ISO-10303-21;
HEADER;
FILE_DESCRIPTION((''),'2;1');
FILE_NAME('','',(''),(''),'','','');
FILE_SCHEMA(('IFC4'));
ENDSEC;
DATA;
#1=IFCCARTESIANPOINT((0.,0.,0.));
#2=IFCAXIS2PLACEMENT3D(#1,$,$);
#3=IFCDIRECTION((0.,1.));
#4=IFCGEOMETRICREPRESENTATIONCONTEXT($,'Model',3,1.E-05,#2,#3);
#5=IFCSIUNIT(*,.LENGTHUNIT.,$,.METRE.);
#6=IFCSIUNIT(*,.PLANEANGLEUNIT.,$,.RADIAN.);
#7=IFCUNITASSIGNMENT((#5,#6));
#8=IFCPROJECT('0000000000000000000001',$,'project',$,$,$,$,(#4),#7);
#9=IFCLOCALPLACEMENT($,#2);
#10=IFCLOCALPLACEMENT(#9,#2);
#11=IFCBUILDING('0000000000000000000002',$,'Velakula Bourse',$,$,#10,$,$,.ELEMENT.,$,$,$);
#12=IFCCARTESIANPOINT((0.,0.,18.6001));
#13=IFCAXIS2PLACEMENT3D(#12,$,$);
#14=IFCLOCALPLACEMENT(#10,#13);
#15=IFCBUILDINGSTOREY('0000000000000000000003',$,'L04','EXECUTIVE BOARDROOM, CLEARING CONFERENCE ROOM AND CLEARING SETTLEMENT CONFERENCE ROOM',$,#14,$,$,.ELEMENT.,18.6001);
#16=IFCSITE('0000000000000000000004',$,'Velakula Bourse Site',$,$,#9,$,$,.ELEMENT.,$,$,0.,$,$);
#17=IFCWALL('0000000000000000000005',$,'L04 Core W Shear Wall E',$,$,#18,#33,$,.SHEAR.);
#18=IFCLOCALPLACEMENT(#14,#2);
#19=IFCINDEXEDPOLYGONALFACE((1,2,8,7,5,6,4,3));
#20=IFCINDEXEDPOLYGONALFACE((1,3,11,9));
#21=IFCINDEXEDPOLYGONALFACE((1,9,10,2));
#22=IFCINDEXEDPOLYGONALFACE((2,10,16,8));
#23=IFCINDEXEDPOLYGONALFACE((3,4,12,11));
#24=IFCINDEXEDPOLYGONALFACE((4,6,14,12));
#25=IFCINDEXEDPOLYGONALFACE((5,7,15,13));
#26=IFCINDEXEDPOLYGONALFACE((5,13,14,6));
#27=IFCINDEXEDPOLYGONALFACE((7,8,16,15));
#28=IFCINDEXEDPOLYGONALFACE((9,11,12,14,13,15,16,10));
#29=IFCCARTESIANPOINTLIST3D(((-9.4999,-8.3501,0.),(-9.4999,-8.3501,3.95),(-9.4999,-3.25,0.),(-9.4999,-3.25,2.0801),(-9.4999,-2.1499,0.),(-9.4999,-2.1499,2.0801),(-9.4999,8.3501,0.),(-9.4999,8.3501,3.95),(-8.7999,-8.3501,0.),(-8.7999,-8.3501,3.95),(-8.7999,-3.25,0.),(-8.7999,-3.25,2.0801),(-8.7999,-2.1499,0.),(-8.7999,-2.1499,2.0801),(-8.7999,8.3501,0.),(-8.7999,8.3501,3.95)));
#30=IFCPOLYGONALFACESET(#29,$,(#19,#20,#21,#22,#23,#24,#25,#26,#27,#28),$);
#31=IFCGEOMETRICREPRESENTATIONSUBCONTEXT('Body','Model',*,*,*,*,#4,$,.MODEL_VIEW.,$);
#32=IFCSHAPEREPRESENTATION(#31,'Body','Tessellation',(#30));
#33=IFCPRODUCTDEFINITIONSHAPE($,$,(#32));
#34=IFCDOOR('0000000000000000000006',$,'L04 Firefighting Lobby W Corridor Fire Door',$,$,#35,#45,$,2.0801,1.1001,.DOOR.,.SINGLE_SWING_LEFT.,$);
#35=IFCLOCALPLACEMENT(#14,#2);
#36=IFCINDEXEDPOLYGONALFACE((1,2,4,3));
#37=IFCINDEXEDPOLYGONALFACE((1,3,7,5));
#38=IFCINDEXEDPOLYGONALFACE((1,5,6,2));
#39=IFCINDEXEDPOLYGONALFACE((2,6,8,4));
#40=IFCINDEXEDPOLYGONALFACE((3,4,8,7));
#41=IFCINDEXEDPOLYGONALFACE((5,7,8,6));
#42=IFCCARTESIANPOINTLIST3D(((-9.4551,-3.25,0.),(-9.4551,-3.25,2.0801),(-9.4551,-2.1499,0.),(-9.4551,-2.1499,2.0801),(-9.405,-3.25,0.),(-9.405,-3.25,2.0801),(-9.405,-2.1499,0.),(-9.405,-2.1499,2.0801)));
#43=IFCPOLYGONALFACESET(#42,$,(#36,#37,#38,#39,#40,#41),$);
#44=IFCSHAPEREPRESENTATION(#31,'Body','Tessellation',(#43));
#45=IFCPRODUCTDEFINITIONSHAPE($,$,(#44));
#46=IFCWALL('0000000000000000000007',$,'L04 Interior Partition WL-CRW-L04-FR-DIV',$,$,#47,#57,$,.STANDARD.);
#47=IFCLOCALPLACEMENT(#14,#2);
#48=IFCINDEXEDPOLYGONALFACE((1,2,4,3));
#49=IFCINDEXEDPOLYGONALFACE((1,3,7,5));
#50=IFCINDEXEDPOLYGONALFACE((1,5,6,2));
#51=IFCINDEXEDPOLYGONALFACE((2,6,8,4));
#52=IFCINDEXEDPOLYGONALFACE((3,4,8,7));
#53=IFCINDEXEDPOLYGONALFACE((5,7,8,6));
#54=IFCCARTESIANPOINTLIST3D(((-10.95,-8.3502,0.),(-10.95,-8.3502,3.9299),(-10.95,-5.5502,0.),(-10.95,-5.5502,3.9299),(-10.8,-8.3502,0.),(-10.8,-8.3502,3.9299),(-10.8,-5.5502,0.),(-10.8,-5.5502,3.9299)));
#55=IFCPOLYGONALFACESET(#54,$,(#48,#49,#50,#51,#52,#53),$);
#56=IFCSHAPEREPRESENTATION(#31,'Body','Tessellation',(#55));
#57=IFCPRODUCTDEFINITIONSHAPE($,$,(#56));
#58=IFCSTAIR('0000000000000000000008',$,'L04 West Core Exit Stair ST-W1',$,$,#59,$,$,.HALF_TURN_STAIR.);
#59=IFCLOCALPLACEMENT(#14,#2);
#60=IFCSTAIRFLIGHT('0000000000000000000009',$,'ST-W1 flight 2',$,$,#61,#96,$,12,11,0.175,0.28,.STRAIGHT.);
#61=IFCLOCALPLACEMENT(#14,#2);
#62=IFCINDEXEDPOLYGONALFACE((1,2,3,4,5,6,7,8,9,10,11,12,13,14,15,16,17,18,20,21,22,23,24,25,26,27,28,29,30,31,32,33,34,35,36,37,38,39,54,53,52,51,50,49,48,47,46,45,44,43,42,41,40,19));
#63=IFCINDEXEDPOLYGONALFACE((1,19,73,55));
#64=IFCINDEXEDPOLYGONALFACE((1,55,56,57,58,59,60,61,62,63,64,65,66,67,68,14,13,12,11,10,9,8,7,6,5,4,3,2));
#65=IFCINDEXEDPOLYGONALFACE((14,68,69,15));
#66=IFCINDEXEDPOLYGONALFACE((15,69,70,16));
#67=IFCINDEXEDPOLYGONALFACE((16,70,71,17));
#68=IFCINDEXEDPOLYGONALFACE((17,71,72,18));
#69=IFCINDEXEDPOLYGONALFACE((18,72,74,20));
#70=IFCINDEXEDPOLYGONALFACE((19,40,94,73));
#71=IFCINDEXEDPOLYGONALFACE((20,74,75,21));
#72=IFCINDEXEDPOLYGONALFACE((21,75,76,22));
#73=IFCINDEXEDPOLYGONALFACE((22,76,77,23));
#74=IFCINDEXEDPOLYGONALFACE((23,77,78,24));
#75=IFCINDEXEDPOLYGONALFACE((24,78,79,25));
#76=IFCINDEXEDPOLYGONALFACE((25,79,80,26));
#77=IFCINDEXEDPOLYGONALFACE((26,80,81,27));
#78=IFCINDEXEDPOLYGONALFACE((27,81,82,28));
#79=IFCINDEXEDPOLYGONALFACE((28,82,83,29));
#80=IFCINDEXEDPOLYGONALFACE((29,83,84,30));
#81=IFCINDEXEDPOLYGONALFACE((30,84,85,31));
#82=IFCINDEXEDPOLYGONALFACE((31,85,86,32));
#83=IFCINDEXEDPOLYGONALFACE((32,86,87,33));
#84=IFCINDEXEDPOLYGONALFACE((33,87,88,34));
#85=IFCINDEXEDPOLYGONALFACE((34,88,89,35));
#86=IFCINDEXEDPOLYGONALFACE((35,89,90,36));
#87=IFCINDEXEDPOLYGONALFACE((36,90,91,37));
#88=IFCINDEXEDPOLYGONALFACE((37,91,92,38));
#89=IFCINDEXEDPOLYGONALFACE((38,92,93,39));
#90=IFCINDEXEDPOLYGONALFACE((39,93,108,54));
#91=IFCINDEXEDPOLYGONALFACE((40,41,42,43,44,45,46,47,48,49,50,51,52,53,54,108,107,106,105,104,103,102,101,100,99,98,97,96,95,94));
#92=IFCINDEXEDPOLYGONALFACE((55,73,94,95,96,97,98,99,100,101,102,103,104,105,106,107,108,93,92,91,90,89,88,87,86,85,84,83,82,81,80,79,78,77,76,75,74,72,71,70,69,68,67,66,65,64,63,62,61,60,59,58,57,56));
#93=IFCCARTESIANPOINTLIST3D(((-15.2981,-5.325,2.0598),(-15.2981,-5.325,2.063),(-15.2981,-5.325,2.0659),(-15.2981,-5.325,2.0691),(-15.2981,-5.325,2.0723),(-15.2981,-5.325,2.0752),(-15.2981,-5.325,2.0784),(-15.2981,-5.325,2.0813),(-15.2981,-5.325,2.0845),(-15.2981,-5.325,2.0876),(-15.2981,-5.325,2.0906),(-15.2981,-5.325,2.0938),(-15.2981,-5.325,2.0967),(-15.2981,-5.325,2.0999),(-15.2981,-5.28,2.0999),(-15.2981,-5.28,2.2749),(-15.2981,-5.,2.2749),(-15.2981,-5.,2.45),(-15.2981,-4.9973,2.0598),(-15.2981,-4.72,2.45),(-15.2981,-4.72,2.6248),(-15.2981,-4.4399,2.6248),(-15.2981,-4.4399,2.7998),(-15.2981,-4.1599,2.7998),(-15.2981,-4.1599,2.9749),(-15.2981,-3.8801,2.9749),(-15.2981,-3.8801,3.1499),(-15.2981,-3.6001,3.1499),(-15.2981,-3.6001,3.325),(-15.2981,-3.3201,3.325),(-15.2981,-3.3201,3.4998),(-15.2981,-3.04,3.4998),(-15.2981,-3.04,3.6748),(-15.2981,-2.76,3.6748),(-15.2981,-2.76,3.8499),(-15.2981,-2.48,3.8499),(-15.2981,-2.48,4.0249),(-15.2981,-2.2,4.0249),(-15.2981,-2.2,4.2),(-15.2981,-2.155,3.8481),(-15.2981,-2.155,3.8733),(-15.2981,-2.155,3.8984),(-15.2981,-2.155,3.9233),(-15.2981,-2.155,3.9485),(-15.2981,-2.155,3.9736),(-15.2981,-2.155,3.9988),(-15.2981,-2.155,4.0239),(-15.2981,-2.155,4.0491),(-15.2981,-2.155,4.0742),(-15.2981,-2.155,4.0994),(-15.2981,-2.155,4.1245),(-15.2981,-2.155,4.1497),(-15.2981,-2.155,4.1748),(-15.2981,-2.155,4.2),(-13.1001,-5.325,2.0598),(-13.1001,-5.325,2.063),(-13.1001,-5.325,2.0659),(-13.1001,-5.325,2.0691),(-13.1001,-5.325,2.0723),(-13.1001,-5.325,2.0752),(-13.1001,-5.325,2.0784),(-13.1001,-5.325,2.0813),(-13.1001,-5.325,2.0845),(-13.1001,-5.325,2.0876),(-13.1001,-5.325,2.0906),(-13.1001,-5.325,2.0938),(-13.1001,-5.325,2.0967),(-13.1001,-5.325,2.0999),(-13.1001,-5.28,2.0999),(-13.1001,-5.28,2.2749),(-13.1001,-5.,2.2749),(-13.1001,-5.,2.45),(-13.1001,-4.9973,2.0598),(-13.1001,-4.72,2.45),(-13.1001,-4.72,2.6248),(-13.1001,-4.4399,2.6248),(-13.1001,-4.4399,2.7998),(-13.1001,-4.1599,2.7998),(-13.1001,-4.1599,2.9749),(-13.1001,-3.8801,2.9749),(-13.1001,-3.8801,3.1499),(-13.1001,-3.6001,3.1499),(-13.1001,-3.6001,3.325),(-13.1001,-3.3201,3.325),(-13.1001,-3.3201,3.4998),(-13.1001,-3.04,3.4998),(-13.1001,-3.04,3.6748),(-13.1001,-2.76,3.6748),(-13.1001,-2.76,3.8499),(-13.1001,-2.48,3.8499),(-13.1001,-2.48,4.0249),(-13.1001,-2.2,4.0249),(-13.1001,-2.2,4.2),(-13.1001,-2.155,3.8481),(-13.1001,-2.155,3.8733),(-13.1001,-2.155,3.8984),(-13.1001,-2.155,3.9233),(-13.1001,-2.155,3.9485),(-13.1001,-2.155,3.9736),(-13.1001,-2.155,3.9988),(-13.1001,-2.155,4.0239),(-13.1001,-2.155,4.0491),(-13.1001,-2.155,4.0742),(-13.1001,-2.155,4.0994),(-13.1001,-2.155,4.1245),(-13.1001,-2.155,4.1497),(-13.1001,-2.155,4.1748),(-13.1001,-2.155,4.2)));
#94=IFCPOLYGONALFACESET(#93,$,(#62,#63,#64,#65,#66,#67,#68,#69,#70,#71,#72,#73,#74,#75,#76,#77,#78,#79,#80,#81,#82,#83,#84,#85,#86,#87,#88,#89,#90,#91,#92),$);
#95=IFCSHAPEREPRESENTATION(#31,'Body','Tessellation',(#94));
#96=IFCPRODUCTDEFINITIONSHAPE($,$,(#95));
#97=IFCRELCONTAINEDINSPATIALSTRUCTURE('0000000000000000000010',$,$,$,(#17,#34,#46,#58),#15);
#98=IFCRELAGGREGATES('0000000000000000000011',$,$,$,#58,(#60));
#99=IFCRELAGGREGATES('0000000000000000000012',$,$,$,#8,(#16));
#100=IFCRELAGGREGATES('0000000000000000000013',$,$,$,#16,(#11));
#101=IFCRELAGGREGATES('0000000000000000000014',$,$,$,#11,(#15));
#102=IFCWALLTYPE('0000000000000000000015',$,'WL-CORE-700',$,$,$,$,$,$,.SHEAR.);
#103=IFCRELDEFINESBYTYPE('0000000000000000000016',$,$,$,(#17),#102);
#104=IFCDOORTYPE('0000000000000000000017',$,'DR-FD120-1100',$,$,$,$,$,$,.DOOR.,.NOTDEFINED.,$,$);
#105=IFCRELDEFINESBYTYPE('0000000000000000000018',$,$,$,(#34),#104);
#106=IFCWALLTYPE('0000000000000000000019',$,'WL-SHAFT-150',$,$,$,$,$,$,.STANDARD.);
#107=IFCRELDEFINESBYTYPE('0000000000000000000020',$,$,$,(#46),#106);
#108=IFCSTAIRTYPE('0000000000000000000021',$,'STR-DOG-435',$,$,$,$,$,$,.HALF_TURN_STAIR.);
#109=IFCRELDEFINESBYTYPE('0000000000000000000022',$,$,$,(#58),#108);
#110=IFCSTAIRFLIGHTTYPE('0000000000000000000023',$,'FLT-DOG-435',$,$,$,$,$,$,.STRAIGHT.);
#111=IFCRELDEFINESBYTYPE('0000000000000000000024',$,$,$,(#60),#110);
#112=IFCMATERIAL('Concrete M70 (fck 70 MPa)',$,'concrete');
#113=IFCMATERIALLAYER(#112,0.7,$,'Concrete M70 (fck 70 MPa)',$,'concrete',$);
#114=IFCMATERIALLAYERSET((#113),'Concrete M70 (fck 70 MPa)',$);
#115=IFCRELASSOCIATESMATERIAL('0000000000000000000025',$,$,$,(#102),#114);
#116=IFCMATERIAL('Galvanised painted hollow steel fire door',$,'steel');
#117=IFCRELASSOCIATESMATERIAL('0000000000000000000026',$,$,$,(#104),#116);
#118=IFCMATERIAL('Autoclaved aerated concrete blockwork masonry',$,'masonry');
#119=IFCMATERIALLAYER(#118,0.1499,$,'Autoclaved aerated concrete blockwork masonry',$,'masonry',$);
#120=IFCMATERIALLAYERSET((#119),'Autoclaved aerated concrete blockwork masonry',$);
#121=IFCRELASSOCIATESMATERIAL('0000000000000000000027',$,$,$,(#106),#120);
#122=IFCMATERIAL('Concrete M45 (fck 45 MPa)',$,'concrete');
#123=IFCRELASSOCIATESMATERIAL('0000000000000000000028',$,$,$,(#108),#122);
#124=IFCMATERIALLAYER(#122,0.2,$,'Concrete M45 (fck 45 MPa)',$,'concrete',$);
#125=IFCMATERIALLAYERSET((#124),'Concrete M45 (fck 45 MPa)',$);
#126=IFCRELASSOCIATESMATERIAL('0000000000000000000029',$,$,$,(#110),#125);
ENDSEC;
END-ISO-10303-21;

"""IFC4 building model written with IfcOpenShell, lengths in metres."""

from ifc_helpers import new_model, si_unit, direction, frame, frame_2d, origin, place, context, subcontext, project, spatial, polyline, rectangle, outline, extrude, material, layer, layer_set, type_object, element, fill, aggregate, save


model = new_model("IFC4")

# Units and contexts
model_context = context("Model", 3, precision=1e-05, world=origin(), true_north=direction((0.0, 1.0)))
body_context = subcontext(model_context, "Body", "Model", "MODEL_VIEW")
ifc_project = project(units=[si_unit("LENGTHUNIT", "METRE"), si_unit("PLANEANGLEUNIT", "RADIAN")], contexts=[model_context])

# Site, building, storey
site_placement = place(None, origin())
site = spatial("IfcSite", under=ifc_project, at=site_placement, Name="Velakula Bourse Site", CompositionType="ELEMENT", RefElevation=0.0)
building_placement = place(site_placement, origin())
building = spatial("IfcBuilding", under=site, at=building_placement, Name="Velakula Bourse", CompositionType="ELEMENT")
storey_placement = place(building_placement, frame((0.0, 0.0, 18.6001)))
storey = spatial("IfcBuildingStorey", under=building, at=storey_placement, Name="L04", Description="EXECUTIVE BOARDROOM, CLEARING CONFERENCE ROOM AND CLEARING SETTLEMENT CONFERENCE ROOM", CompositionType="ELEMENT", Elevation=18.6001)

# Shared definitions
ifc_material_1 = material(Name="Concrete M70 (fck 70 MPa)", Category="concrete")

# Shared definitions
ifc_material_2 = material(Name="Galvanised painted hollow steel fire door", Category="steel")

# Shared definitions
ifc_layer_1 = layer(ifc_material_1, 0.7, Name="Concrete M70 (fck 70 MPa)", Category="concrete")
ifc_layer_set_1 = layer_set([ifc_layer_1], Name="Concrete M70 (fck 70 MPa)")
wall_type_1 = type_object("IfcWallType", Name="WL-CORE-700", PredefinedType="SHEAR", material=ifc_layer_set_1)

# Wall, opening, door
wall_1_placement = place(storey_placement, frame((-9.1499, -8.3501, 0.0), z_axis=(0.0, 0.0, 1.0), x_axis=(0.0, 1.0, 0.0)))
wall_1 = element("IfcWall", 1, at=wall_1_placement, inside=storey, type_object=wall_type_1, Name="L04 Core W Shear Wall E", PredefinedType="SHEAR", context=body_context, shape_type="SweptSolid", body=[
    extrude(rectangle(XDim=16.7002, YDim=0.7, at=frame_2d((8.3501, 0.0))), origin(), (0.0, 0.0, 1.0), 3.95),
])
opening_1_placement = place(wall_1_placement, frame((5.1001, 0.0, 0.0)))
opening_1 = element("IfcOpeningElement", 2, at=opening_1_placement, cuts=wall_1, PredefinedType="OPENING", context=body_context, shape_type="SweptSolid", body=[
    extrude(rectangle(XDim=1.1001, YDim=2.0801, at=frame_2d((0.55, 1.04))), frame((0.0, 0.3599, 0.0), z_axis=(0.0, -1.0, 0.0), x_axis=(1.0, 0.0, 0.0)), (0.0, 0.0, 1.0), 0.72),
])
door_type_1 = type_object("IfcDoorType", Name="DR-FD120-1100", OperationType="NOTDEFINED", PredefinedType="DOOR", material=ifc_material_2)
door_1_placement = place(opening_1_placement, origin())
door_1 = element("IfcDoor", 3, at=door_1_placement, inside=storey, type_object=door_type_1, Name="L04 Firefighting Lobby W Corridor Fire Door", OperationType="SINGLE_SWING_LEFT", OverallHeight=2.0801, OverallWidth=1.1001, PredefinedType="DOOR", context=body_context, shape_type="SweptSolid", body=[
    extrude(rectangle(XDim=1.1001, YDim=2.0801, at=frame_2d((0.55, 1.04))), frame((0.0, 0.3052, 0.0), z_axis=(0.0, -1.0, 0.0), x_axis=(1.0, 0.0, 0.0)), (0.0, 0.0, 1.0), 0.05),
])
fill(opening_1, door_1)

# Shared definitions
ifc_material_3 = material(Name="Autoclaved aerated concrete blockwork masonry", Category="masonry")
ifc_layer_2 = layer(ifc_material_3, 0.1499, Name="Autoclaved aerated concrete blockwork masonry", Category="masonry")
ifc_layer_set_2 = layer_set([ifc_layer_2], Name="Autoclaved aerated concrete blockwork masonry")
wall_type_2 = type_object("IfcWallType", Name="WL-SHAFT-150", PredefinedType="STANDARD", material=ifc_layer_set_2)

# Wall
wall_2_placement = place(storey_placement, frame((-10.875, -8.3501, 0.0), z_axis=(0.0, 0.0, 1.0), x_axis=(0.0, 1.0, 0.0)))
element("IfcWall", 4, at=wall_2_placement, inside=storey, type_object=wall_type_2, Name="L04 Interior Partition WL-CRW-L04-FR-DIV", PredefinedType="STANDARD", context=body_context, shape_type="SweptSolid", body=[
    extrude(rectangle(XDim=2.8, YDim=0.1499, at=frame_2d((1.3999, 0.0))), origin(), (0.0, 0.0, 1.0), 3.9299),
])

# Stair, stair flight
ifc_material_4 = material(Name="Concrete M45 (fck 45 MPa)", Category="concrete")
stair_type = type_object("IfcStairType", Name="STR-DOG-435", PredefinedType="HALF_TURN_STAIR", material=ifc_material_4)
stair_placement = place(storey_placement, origin())
stair = element("IfcStair", 5, at=stair_placement, inside=storey, type_object=stair_type, Name="L04 West Core Exit Stair ST-W1", PredefinedType="HALF_TURN_STAIR")
ifc_layer_3 = layer(ifc_material_4, 0.2, Name="Concrete M45 (fck 45 MPa)", Category="concrete")
ifc_layer_set_3 = layer_set([ifc_layer_3], Name="Concrete M45 (fck 45 MPa)")
stair_flight_type = type_object("IfcStairFlightType", Name="FLT-DOG-435", PredefinedType="STRAIGHT", material=ifc_layer_set_3)
stair_flight_placement = place(storey_placement, frame((-14.199, -5.28, 2.0999), z_axis=(0.0, 0.0, 1.0), x_axis=(0.0, 1.0, 0.0)))
stair_flight = element("IfcStairFlight", 6, at=stair_flight_placement, type_object=stair_flight_type, Name="ST-W1 flight 2", NumberOfRisers=12, NumberOfTreads=11, PredefinedType="STRAIGHT", RiserHeight=0.175, TreadLength=0.28, context=body_context, shape_type="SweptSolid", body=[
    extrude(outline(polyline([(-0.0449, -0.04), (-0.0449, -0.0369), (-0.0449, -0.0339), (-0.0449, -0.0308), (-0.0449, -0.0276), (-0.0449, -0.0247), (-0.0449, -0.0215), (-0.0449, -0.0186), (-0.0449, -0.0154), (-0.0449, -0.0122), (-0.0449, -0.0093), (-0.0449, -0.0061), (-0.0449, -0.0032), (-0.0449, 0.0), (0.0, 0.0), (0.0, 0.175), (0.28, 0.175), (0.28, 0.3501), (0.5601, 0.3501), (0.5601, 0.5249), (0.8401, 0.5249), (0.8401, 0.7), (1.1201, 0.7), (1.1201, 0.875), (1.3999, 0.875), (1.3999, 1.05), (1.6799, 1.05), (1.6799, 1.2251), (1.96, 1.2251), (1.96, 1.3999), (2.24, 1.3999), (2.24, 1.575), (2.52, 1.575), (2.52, 1.75), (2.8, 1.75), (2.8, 1.925), (3.0801, 1.925), (3.0801, 2.1001), (3.125, 2.1001), (3.125, 2.075), (3.125, 2.0498), (3.125, 2.0247), (3.125, 1.9995), (3.125, 1.9744), (3.125, 1.9492), (3.125, 1.9241), (3.125, 1.8989), (3.125, 1.8738), (3.125, 1.8486), (3.125, 1.8235), (3.125, 1.7986), (3.125, 1.7734), (3.125, 1.7483), (0.2827, -0.04), (-0.0449, -0.04)])), frame((0.0, 1.0991, 0.0), z_axis=(0.0, -1.0, 0.0), x_axis=(1.0, 0.0, 0.0)), (0.0, 0.0, 1.0), 2.198),
])
aggregate(stair, [stair_flight])

save(model, "model.ifc")
